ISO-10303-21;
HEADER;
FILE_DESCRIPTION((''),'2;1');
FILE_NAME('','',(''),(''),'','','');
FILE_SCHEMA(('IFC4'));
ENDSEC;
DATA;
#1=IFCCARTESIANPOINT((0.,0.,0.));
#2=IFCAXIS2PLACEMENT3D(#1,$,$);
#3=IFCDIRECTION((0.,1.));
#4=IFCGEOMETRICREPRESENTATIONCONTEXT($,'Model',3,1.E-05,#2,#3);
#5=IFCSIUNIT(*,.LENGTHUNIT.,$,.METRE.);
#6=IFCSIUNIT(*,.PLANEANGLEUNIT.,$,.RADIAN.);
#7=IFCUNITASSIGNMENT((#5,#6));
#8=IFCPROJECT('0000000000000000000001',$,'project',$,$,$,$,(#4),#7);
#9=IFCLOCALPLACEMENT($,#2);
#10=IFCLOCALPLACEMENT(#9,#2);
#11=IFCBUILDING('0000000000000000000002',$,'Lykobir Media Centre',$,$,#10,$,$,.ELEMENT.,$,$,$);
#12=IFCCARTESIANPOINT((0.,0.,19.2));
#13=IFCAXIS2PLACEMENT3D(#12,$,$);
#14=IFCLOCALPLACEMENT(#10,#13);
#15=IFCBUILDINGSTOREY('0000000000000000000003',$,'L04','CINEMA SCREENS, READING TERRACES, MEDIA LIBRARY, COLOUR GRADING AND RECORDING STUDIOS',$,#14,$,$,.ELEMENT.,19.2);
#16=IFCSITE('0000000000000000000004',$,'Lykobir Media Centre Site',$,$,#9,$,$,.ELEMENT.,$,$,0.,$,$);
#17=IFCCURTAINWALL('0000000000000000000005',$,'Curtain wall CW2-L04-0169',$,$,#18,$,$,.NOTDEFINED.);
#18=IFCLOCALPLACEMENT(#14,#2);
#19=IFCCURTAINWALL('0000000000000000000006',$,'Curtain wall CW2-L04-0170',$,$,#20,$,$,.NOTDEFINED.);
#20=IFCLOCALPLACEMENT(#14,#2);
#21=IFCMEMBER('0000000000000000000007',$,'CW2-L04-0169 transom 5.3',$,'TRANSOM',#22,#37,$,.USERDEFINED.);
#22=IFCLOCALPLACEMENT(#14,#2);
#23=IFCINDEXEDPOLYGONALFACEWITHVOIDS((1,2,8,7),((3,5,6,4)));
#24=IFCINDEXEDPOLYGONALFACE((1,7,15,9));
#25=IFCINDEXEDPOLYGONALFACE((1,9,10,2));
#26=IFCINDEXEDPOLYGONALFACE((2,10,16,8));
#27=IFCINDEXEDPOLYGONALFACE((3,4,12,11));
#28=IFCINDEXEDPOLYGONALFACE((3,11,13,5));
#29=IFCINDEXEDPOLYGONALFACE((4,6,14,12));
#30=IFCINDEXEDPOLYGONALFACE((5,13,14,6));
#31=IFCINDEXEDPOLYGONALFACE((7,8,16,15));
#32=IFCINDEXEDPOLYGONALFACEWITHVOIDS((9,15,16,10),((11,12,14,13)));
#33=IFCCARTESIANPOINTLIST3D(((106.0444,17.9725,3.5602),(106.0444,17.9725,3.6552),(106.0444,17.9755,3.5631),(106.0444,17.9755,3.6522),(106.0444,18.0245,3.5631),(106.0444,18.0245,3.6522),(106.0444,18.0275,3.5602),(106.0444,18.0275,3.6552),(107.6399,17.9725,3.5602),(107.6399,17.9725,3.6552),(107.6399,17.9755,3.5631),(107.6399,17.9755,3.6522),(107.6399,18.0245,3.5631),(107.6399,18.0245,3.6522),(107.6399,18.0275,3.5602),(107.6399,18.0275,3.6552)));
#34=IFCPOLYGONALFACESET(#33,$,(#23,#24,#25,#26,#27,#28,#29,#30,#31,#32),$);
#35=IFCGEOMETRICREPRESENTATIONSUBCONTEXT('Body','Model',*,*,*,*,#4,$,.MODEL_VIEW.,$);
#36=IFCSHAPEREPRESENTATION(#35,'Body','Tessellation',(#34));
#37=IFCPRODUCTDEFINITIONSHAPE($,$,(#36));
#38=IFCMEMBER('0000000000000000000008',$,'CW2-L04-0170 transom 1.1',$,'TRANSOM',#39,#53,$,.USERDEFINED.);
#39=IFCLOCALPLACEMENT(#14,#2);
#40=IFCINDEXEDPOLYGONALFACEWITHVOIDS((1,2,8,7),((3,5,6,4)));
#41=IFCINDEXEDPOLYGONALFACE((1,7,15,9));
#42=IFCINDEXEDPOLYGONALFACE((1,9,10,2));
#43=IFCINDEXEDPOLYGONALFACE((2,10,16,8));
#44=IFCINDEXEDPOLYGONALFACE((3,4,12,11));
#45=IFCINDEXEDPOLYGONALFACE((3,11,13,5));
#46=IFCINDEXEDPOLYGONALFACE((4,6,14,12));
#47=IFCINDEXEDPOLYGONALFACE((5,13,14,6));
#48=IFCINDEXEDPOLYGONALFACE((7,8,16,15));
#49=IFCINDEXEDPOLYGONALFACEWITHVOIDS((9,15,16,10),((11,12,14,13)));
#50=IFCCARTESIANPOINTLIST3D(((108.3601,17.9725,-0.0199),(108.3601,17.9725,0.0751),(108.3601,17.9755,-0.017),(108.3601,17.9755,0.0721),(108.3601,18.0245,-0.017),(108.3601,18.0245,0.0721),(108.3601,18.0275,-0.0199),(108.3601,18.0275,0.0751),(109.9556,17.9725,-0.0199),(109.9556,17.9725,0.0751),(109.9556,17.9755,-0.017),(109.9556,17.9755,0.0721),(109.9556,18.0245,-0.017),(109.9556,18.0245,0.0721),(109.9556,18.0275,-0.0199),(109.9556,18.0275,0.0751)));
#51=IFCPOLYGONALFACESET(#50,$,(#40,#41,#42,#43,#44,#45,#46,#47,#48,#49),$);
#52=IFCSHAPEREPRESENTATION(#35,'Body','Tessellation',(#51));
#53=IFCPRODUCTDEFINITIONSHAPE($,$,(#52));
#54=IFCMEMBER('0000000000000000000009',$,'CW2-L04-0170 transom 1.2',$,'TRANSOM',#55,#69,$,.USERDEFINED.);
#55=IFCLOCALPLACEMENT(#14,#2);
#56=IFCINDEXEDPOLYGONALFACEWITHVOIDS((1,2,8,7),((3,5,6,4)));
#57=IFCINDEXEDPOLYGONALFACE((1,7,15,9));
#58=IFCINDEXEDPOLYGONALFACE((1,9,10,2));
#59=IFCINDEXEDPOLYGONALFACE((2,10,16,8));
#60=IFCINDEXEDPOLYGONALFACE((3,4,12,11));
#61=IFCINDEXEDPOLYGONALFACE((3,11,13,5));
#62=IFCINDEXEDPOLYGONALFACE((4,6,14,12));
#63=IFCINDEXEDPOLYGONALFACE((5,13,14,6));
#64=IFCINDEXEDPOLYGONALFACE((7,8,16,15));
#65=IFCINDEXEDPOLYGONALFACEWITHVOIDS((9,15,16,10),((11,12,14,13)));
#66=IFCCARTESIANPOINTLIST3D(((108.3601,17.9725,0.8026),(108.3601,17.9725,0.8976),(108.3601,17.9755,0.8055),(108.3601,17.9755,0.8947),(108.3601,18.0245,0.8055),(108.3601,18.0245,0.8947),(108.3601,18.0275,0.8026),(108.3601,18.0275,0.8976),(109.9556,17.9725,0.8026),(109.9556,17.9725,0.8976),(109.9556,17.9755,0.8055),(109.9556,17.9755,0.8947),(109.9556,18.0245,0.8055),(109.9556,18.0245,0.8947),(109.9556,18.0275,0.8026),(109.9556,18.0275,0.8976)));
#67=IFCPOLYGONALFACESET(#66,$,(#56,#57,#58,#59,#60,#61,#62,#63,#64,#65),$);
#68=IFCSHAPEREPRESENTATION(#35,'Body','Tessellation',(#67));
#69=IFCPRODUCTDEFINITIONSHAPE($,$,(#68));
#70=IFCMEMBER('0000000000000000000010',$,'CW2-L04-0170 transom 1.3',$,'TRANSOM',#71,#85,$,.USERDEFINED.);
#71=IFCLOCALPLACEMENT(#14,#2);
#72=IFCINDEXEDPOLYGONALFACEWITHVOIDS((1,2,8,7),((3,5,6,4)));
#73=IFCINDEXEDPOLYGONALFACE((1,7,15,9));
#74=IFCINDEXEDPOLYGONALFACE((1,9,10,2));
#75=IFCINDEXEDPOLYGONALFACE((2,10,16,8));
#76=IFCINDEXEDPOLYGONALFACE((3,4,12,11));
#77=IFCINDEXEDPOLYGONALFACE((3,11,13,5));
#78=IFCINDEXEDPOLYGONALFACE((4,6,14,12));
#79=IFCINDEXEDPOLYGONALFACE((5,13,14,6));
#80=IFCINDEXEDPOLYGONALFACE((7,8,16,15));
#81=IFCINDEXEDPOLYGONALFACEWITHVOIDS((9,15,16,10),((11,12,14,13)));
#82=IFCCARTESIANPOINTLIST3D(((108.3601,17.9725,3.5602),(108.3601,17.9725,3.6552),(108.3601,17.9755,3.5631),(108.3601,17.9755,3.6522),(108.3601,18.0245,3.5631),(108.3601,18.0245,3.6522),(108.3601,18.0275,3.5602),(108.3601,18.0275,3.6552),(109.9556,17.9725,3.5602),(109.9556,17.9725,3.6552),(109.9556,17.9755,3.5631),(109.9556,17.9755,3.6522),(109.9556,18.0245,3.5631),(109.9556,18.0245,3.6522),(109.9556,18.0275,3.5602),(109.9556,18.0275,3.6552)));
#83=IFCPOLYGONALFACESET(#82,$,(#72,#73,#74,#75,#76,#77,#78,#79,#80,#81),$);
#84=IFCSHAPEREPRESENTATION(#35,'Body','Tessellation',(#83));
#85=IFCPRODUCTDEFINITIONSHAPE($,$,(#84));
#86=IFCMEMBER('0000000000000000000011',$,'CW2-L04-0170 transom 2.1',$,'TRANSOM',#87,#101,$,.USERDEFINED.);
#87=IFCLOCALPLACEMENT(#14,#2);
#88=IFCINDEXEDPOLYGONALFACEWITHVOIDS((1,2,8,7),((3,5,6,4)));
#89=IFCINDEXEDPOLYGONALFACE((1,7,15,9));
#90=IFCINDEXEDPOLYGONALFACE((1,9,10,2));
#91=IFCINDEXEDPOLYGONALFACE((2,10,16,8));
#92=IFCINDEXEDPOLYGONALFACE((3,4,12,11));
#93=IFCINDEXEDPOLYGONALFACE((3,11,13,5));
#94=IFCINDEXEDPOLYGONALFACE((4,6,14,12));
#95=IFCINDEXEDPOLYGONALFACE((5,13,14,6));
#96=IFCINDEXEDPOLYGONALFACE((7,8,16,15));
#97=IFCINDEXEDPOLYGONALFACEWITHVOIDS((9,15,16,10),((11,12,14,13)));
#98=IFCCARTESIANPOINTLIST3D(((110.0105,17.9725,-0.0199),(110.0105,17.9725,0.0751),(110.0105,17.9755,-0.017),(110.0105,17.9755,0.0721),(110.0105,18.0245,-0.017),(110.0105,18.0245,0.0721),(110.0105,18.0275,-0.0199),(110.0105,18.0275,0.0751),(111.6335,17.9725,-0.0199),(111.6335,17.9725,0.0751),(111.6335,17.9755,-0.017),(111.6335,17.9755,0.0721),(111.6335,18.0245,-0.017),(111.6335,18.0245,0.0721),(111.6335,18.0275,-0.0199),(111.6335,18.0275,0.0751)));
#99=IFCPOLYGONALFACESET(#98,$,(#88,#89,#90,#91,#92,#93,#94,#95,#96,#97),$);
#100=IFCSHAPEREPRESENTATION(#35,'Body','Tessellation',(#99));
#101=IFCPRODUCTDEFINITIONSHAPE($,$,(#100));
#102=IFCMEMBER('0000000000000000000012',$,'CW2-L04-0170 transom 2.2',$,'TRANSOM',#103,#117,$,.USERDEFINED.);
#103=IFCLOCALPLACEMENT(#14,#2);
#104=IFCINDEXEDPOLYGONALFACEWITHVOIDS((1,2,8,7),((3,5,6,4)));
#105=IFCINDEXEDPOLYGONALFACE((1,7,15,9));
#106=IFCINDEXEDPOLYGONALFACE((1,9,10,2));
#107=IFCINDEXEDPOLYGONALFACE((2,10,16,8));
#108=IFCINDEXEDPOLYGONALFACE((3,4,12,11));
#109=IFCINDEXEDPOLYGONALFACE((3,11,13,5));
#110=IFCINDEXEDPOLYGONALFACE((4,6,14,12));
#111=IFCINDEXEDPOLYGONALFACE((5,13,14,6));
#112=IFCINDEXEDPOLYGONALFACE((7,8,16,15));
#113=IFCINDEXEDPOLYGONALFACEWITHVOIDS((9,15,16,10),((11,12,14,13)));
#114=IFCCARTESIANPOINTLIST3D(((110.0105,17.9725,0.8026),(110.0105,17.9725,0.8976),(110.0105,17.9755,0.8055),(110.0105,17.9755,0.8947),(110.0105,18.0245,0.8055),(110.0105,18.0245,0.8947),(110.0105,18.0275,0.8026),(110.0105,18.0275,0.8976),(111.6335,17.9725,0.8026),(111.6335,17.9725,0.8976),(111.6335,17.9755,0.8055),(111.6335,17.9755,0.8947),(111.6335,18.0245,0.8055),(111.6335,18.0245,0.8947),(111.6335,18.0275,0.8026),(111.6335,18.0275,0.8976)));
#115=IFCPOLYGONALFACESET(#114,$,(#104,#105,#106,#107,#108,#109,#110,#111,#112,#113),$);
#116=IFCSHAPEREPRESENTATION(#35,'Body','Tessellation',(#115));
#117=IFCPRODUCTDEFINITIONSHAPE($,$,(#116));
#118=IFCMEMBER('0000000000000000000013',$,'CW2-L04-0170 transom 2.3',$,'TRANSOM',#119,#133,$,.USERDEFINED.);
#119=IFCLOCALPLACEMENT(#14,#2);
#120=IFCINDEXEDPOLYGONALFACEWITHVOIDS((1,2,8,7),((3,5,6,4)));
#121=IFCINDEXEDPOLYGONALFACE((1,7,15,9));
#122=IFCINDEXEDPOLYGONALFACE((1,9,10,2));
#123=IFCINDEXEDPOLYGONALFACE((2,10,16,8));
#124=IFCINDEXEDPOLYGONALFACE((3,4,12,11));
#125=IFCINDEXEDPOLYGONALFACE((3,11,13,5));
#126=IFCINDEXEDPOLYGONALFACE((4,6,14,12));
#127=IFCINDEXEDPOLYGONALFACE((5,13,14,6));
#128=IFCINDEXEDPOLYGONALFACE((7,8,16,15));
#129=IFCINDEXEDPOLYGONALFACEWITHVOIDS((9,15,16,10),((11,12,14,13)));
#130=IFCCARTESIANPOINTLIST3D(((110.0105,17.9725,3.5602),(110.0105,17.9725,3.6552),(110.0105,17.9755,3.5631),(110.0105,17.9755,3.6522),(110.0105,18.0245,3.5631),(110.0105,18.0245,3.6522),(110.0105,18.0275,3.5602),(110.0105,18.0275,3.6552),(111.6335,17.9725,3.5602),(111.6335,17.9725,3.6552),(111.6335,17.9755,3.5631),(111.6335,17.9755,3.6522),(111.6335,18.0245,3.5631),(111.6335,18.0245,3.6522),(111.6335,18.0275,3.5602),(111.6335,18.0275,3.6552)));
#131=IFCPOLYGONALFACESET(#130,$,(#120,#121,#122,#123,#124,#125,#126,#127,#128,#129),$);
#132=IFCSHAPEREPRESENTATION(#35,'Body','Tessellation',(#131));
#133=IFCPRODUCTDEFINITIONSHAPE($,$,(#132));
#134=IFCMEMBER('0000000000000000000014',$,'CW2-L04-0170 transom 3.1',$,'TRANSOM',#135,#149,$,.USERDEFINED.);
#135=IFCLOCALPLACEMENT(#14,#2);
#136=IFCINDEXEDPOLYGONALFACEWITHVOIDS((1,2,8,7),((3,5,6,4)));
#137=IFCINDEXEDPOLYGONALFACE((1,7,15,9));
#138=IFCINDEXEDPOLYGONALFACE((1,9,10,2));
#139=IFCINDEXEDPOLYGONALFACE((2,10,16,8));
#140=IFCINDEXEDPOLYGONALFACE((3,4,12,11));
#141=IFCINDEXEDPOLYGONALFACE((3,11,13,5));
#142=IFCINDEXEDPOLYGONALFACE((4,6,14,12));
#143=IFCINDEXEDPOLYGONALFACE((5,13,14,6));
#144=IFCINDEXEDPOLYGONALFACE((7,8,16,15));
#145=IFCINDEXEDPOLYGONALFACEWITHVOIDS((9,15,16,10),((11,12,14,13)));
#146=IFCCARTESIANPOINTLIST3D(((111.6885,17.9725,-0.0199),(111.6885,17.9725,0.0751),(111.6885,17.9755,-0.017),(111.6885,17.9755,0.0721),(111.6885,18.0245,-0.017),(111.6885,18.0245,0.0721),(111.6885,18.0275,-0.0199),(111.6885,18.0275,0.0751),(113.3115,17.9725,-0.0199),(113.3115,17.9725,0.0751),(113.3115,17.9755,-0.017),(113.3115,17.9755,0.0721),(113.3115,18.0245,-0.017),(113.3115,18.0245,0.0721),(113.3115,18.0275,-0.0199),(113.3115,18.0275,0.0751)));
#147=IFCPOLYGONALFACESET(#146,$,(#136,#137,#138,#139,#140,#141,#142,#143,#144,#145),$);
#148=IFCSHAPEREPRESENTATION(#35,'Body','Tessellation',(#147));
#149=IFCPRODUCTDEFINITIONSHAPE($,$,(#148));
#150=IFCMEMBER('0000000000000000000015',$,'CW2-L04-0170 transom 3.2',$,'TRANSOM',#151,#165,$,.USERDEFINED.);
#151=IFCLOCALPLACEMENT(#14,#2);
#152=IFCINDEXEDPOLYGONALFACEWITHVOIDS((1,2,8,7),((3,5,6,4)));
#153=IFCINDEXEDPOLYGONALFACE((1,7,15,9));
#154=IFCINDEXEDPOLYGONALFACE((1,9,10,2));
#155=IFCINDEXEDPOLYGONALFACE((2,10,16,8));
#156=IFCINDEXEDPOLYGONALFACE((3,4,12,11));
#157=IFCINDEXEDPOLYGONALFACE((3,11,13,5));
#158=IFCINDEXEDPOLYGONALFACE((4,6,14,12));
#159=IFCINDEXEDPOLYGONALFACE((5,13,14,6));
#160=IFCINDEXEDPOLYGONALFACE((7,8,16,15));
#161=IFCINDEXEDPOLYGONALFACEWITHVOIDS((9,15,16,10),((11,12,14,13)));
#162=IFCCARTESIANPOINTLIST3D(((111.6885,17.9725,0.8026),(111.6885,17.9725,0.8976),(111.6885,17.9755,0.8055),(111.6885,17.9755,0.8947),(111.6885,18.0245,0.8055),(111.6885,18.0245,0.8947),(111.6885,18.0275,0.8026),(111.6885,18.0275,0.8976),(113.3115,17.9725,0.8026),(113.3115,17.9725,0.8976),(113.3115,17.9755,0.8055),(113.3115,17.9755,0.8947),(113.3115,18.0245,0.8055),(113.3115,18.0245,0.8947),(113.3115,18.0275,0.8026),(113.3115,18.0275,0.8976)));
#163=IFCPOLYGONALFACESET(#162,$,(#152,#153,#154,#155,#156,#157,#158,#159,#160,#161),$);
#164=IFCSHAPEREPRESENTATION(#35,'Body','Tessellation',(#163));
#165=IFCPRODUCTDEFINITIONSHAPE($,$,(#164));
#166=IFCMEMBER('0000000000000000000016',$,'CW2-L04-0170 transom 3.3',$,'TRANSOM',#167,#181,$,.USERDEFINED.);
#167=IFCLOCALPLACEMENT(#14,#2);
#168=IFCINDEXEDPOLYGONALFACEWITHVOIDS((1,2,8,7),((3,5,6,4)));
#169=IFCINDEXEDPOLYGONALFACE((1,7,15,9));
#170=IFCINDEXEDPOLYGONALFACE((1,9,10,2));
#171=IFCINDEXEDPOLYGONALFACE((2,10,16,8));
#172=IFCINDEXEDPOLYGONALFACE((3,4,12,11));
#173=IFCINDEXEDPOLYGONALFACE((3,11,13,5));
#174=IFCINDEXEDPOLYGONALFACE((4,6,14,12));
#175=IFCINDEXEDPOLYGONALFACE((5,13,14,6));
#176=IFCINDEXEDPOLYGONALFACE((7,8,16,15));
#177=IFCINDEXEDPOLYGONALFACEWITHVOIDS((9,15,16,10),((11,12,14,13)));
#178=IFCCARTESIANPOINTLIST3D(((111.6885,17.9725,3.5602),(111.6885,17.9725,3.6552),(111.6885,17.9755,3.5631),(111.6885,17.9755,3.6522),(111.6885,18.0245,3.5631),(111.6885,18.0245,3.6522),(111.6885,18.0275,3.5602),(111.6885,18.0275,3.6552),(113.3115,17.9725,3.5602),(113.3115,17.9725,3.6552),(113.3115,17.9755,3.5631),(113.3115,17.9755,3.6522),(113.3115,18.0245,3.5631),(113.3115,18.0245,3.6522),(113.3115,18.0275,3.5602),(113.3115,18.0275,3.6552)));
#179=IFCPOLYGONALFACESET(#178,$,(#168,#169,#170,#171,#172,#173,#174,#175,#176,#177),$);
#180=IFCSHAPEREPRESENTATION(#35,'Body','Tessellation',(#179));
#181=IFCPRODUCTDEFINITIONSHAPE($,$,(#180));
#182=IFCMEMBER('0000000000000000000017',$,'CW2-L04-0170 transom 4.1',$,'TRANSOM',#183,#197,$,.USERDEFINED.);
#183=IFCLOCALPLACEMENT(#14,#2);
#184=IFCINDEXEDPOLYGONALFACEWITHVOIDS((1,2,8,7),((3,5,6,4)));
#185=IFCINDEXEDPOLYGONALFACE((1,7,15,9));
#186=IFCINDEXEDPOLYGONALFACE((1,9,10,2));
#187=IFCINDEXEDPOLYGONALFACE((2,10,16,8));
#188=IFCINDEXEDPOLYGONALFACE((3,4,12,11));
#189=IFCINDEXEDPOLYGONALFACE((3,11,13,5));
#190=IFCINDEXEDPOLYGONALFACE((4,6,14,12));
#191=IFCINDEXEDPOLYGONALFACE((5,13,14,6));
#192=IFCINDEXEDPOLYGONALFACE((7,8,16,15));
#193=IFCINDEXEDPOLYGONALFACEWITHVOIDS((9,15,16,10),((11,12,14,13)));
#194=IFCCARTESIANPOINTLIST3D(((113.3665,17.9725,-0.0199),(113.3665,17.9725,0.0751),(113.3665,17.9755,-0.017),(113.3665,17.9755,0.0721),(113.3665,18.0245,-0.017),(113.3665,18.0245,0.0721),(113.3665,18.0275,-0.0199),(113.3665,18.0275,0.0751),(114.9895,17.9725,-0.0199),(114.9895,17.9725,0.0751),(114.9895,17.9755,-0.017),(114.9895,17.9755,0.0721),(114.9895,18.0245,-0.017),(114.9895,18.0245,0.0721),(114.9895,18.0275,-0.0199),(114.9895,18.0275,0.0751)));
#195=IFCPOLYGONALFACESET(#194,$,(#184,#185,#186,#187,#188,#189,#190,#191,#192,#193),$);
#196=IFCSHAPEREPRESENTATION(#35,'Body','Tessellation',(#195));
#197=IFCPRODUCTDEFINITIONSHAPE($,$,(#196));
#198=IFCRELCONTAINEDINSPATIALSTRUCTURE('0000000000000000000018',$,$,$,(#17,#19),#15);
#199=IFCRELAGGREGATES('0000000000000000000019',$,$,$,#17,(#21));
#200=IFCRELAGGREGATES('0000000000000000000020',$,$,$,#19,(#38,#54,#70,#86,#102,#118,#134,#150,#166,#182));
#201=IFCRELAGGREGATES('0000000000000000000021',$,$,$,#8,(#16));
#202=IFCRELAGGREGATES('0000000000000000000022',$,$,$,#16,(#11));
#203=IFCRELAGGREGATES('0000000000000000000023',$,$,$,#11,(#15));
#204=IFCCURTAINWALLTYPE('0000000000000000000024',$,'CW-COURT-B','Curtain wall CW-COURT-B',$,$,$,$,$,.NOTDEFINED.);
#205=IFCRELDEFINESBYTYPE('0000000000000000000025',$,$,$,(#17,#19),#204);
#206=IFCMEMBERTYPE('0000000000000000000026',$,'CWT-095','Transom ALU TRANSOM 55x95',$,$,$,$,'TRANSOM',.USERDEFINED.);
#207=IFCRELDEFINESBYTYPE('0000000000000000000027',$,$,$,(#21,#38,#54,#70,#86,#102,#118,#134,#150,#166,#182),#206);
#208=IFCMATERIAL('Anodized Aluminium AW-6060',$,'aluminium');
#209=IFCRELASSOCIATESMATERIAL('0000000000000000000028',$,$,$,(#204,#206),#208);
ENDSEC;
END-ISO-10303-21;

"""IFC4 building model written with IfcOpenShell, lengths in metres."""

from ifc_helpers import new_model, si_unit, direction, frame, origin, origin_2d, place, context, subcontext, project, spatial, hollow_rectangle, extrude, material, material_profile, profile_set, type_object, element, aggregate, save


model = new_model("IFC4")

# Units and contexts
model_context = context("Model", 3, precision=1e-05, world=origin(), true_north=direction((0.0, 1.0)))
body_context = subcontext(model_context, "Body", "Model", "MODEL_VIEW")
ifc_project = project(units=[si_unit("LENGTHUNIT", "METRE"), si_unit("PLANEANGLEUNIT", "RADIAN")], contexts=[model_context])

# Site, building, storey
site_placement = place(None, origin())
site = spatial("IfcSite", under=ifc_project, at=site_placement, Name="Lykobir Media Centre Site", CompositionType="ELEMENT", RefElevation=0.0)
building_placement = place(site_placement, origin())
building = spatial("IfcBuilding", under=site, at=building_placement, Name="Lykobir Media Centre", CompositionType="ELEMENT")
storey_placement = place(building_placement, frame((0.0, 0.0, 19.2)))
storey = spatial("IfcBuildingStorey", under=building, at=storey_placement, Name="L04", Description="CINEMA SCREENS, READING TERRACES, MEDIA LIBRARY, COLOUR GRADING AND RECORDING STUDIOS", CompositionType="ELEMENT", Elevation=19.2)

# Curtain walls
ifc_material_1 = material(Name="Anodized Aluminium AW-6060", Category="aluminium")
curtain_wall_type = type_object("IfcCurtainWallType", Name="CW-COURT-B", Description="Curtain wall CW-COURT-B", PredefinedType="NOTDEFINED", material=ifc_material_1)
curtain_wall_1_placement = place(storey_placement, origin())
curtain_wall_1 = element("IfcCurtainWall", 1, at=curtain_wall_1_placement, inside=storey, type_object=curtain_wall_type, Name="Curtain wall CW2-L04-0169", PredefinedType="NOTDEFINED")
curtain_wall_2_placement = place(storey_placement, origin())
curtain_wall_2 = element("IfcCurtainWall", 2, at=curtain_wall_2_placement, inside=storey, type_object=curtain_wall_type, Name="Curtain wall CW2-L04-0170", PredefinedType="NOTDEFINED")

# Members
ifc_material_profile_1 = material_profile(ifc_material_1, hollow_rectangle(XDim=0.0549, YDim=0.095, WallThickness=0.0029, at=origin_2d()), Name="ALU TRANSOM 55x95")
ifc_profile_set_1 = profile_set([ifc_material_profile_1], Name="Anodized Aluminium AW-6060")
member_type_1 = type_object("IfcMemberType", Name="CWT-095", Description="Transom ALU TRANSOM 55x95", ElementType="TRANSOM", PredefinedType="USERDEFINED", material=ifc_profile_set_1)
member_1_placement = place(storey_placement, frame((106.0444, 18.0, 3.6077), z_axis=(1.0, 0.0, 0.0), x_axis=(0.0, 1.0, 0.0)))
member_1 = element("IfcMember", 3, at=member_1_placement, type_object=member_type_1, Name="CW2-L04-0169 transom 5.3", ObjectType="TRANSOM", PredefinedType="USERDEFINED", context=body_context, shape_type="SweptSolid", body=[
    extrude(hollow_rectangle(XDim=0.0549, YDim=0.095, WallThickness=0.0029, at=origin_2d()), origin(), (0.0, 0.0, 1.0), 1.5955),
])
member_2_placement = place(storey_placement, frame((108.3601, 18.0, 0.0276), z_axis=(1.0, 0.0, 0.0), x_axis=(0.0, 1.0, 0.0)))
member_2 = element("IfcMember", 4, at=member_2_placement, type_object=member_type_1, Name="CW2-L04-0170 transom 1.1", ObjectType="TRANSOM", PredefinedType="USERDEFINED", context=body_context, shape_type="SweptSolid", body=[
    extrude(hollow_rectangle(XDim=0.0549, YDim=0.095, WallThickness=0.0029, at=origin_2d()), origin(), (0.0, 0.0, 1.0), 1.5955),
])
member_3_placement = place(storey_placement, frame((108.3601, 18.0, 0.8501), z_axis=(1.0, 0.0, 0.0), x_axis=(0.0, 1.0, 0.0)))
member_3 = element("IfcMember", 5, at=member_3_placement, type_object=member_type_1, Name="CW2-L04-0170 transom 1.2", ObjectType="TRANSOM", PredefinedType="USERDEFINED", context=body_context, shape_type="SweptSolid", body=[
    extrude(hollow_rectangle(XDim=0.0549, YDim=0.095, WallThickness=0.0029, at=origin_2d()), origin(), (0.0, 0.0, 1.0), 1.5955),
])
member_4_placement = place(storey_placement, frame((108.3601, 18.0, 3.6077), z_axis=(1.0, 0.0, 0.0), x_axis=(0.0, 1.0, 0.0)))
member_4 = element("IfcMember", 6, at=member_4_placement, type_object=member_type_1, Name="CW2-L04-0170 transom 1.3", ObjectType="TRANSOM", PredefinedType="USERDEFINED", context=body_context, shape_type="SweptSolid", body=[
    extrude(hollow_rectangle(XDim=0.0549, YDim=0.095, WallThickness=0.0029, at=origin_2d()), origin(), (0.0, 0.0, 1.0), 1.5955),
])
member_5_placement = place(storey_placement, frame((110.0105, 18.0, 0.0276), z_axis=(1.0, 0.0, 0.0), x_axis=(0.0, 1.0, 0.0)))
member_5 = element("IfcMember", 7, at=member_5_placement, type_object=member_type_1, Name="CW2-L04-0170 transom 2.1", ObjectType="TRANSOM", PredefinedType="USERDEFINED", context=body_context, shape_type="SweptSolid", body=[
    extrude(hollow_rectangle(XDim=0.0549, YDim=0.095, WallThickness=0.0029, at=origin_2d()), origin(), (0.0, 0.0, 1.0), 1.623),
])
member_6_placement = place(storey_placement, frame((110.0105, 18.0, 0.8501), z_axis=(1.0, 0.0, 0.0), x_axis=(0.0, 1.0, 0.0)))
member_6 = element("IfcMember", 8, at=member_6_placement, type_object=member_type_1, Name="CW2-L04-0170 transom 2.2", ObjectType="TRANSOM", PredefinedType="USERDEFINED", context=body_context, shape_type="SweptSolid", body=[
    extrude(hollow_rectangle(XDim=0.0549, YDim=0.095, WallThickness=0.0029, at=origin_2d()), origin(), (0.0, 0.0, 1.0), 1.623),
])
member_7_placement = place(storey_placement, frame((110.0105, 18.0, 3.6077), z_axis=(1.0, 0.0, 0.0), x_axis=(0.0, 1.0, 0.0)))
member_7 = element("IfcMember", 9, at=member_7_placement, type_object=member_type_1, Name="CW2-L04-0170 transom 2.3", ObjectType="TRANSOM", PredefinedType="USERDEFINED", context=body_context, shape_type="SweptSolid", body=[
    extrude(hollow_rectangle(XDim=0.0549, YDim=0.095, WallThickness=0.0029, at=origin_2d()), origin(), (0.0, 0.0, 1.0), 1.623),
])
member_8_placement = place(storey_placement, frame((111.6885, 18.0, 0.0276), z_axis=(1.0, 0.0, 0.0), x_axis=(0.0, 1.0, 0.0)))
member_8 = element("IfcMember", 10, at=member_8_placement, type_object=member_type_1, Name="CW2-L04-0170 transom 3.1", ObjectType="TRANSOM", PredefinedType="USERDEFINED", context=body_context, shape_type="SweptSolid", body=[
    extrude(hollow_rectangle(XDim=0.0549, YDim=0.095, WallThickness=0.0029, at=origin_2d()), origin(), (0.0, 0.0, 1.0), 1.623),
])
member_9_placement = place(storey_placement, frame((111.6885, 18.0, 0.8501), z_axis=(1.0, 0.0, 0.0), x_axis=(0.0, 1.0, 0.0)))
member_9 = element("IfcMember", 11, at=member_9_placement, type_object=member_type_1, Name="CW2-L04-0170 transom 3.2", ObjectType="TRANSOM", PredefinedType="USERDEFINED", context=body_context, shape_type="SweptSolid", body=[
    extrude(hollow_rectangle(XDim=0.0549, YDim=0.095, WallThickness=0.0029, at=origin_2d()), origin(), (0.0, 0.0, 1.0), 1.623),
])
member_10_placement = place(storey_placement, frame((111.6885, 18.0, 3.6077), z_axis=(1.0, 0.0, 0.0), x_axis=(0.0, 1.0, 0.0)))
member_10 = element("IfcMember", 12, at=member_10_placement, type_object=member_type_1, Name="CW2-L04-0170 transom 3.3", ObjectType="TRANSOM", PredefinedType="USERDEFINED", context=body_context, shape_type="SweptSolid", body=[
    extrude(hollow_rectangle(XDim=0.0549, YDim=0.095, WallThickness=0.0029, at=origin_2d()), origin(), (0.0, 0.0, 1.0), 1.623),
])
member_11_placement = place(storey_placement, frame((113.3665, 18.0, 0.0276), z_axis=(1.0, 0.0, 0.0), x_axis=(0.0, 1.0, 0.0)))
member_11 = element("IfcMember", 13, at=member_11_placement, type_object=member_type_1, Name="CW2-L04-0170 transom 4.1", ObjectType="TRANSOM", PredefinedType="USERDEFINED", context=body_context, shape_type="SweptSolid", body=[
    extrude(hollow_rectangle(XDim=0.0549, YDim=0.095, WallThickness=0.0029, at=origin_2d()), origin(), (0.0, 0.0, 1.0), 1.623),
])

aggregate(curtain_wall_1, [member_1])
aggregate(curtain_wall_2, [member_2, member_3, member_4, member_5, member_6, member_7, member_8, member_9, member_10, member_11])

save(model, "model.ifc")
